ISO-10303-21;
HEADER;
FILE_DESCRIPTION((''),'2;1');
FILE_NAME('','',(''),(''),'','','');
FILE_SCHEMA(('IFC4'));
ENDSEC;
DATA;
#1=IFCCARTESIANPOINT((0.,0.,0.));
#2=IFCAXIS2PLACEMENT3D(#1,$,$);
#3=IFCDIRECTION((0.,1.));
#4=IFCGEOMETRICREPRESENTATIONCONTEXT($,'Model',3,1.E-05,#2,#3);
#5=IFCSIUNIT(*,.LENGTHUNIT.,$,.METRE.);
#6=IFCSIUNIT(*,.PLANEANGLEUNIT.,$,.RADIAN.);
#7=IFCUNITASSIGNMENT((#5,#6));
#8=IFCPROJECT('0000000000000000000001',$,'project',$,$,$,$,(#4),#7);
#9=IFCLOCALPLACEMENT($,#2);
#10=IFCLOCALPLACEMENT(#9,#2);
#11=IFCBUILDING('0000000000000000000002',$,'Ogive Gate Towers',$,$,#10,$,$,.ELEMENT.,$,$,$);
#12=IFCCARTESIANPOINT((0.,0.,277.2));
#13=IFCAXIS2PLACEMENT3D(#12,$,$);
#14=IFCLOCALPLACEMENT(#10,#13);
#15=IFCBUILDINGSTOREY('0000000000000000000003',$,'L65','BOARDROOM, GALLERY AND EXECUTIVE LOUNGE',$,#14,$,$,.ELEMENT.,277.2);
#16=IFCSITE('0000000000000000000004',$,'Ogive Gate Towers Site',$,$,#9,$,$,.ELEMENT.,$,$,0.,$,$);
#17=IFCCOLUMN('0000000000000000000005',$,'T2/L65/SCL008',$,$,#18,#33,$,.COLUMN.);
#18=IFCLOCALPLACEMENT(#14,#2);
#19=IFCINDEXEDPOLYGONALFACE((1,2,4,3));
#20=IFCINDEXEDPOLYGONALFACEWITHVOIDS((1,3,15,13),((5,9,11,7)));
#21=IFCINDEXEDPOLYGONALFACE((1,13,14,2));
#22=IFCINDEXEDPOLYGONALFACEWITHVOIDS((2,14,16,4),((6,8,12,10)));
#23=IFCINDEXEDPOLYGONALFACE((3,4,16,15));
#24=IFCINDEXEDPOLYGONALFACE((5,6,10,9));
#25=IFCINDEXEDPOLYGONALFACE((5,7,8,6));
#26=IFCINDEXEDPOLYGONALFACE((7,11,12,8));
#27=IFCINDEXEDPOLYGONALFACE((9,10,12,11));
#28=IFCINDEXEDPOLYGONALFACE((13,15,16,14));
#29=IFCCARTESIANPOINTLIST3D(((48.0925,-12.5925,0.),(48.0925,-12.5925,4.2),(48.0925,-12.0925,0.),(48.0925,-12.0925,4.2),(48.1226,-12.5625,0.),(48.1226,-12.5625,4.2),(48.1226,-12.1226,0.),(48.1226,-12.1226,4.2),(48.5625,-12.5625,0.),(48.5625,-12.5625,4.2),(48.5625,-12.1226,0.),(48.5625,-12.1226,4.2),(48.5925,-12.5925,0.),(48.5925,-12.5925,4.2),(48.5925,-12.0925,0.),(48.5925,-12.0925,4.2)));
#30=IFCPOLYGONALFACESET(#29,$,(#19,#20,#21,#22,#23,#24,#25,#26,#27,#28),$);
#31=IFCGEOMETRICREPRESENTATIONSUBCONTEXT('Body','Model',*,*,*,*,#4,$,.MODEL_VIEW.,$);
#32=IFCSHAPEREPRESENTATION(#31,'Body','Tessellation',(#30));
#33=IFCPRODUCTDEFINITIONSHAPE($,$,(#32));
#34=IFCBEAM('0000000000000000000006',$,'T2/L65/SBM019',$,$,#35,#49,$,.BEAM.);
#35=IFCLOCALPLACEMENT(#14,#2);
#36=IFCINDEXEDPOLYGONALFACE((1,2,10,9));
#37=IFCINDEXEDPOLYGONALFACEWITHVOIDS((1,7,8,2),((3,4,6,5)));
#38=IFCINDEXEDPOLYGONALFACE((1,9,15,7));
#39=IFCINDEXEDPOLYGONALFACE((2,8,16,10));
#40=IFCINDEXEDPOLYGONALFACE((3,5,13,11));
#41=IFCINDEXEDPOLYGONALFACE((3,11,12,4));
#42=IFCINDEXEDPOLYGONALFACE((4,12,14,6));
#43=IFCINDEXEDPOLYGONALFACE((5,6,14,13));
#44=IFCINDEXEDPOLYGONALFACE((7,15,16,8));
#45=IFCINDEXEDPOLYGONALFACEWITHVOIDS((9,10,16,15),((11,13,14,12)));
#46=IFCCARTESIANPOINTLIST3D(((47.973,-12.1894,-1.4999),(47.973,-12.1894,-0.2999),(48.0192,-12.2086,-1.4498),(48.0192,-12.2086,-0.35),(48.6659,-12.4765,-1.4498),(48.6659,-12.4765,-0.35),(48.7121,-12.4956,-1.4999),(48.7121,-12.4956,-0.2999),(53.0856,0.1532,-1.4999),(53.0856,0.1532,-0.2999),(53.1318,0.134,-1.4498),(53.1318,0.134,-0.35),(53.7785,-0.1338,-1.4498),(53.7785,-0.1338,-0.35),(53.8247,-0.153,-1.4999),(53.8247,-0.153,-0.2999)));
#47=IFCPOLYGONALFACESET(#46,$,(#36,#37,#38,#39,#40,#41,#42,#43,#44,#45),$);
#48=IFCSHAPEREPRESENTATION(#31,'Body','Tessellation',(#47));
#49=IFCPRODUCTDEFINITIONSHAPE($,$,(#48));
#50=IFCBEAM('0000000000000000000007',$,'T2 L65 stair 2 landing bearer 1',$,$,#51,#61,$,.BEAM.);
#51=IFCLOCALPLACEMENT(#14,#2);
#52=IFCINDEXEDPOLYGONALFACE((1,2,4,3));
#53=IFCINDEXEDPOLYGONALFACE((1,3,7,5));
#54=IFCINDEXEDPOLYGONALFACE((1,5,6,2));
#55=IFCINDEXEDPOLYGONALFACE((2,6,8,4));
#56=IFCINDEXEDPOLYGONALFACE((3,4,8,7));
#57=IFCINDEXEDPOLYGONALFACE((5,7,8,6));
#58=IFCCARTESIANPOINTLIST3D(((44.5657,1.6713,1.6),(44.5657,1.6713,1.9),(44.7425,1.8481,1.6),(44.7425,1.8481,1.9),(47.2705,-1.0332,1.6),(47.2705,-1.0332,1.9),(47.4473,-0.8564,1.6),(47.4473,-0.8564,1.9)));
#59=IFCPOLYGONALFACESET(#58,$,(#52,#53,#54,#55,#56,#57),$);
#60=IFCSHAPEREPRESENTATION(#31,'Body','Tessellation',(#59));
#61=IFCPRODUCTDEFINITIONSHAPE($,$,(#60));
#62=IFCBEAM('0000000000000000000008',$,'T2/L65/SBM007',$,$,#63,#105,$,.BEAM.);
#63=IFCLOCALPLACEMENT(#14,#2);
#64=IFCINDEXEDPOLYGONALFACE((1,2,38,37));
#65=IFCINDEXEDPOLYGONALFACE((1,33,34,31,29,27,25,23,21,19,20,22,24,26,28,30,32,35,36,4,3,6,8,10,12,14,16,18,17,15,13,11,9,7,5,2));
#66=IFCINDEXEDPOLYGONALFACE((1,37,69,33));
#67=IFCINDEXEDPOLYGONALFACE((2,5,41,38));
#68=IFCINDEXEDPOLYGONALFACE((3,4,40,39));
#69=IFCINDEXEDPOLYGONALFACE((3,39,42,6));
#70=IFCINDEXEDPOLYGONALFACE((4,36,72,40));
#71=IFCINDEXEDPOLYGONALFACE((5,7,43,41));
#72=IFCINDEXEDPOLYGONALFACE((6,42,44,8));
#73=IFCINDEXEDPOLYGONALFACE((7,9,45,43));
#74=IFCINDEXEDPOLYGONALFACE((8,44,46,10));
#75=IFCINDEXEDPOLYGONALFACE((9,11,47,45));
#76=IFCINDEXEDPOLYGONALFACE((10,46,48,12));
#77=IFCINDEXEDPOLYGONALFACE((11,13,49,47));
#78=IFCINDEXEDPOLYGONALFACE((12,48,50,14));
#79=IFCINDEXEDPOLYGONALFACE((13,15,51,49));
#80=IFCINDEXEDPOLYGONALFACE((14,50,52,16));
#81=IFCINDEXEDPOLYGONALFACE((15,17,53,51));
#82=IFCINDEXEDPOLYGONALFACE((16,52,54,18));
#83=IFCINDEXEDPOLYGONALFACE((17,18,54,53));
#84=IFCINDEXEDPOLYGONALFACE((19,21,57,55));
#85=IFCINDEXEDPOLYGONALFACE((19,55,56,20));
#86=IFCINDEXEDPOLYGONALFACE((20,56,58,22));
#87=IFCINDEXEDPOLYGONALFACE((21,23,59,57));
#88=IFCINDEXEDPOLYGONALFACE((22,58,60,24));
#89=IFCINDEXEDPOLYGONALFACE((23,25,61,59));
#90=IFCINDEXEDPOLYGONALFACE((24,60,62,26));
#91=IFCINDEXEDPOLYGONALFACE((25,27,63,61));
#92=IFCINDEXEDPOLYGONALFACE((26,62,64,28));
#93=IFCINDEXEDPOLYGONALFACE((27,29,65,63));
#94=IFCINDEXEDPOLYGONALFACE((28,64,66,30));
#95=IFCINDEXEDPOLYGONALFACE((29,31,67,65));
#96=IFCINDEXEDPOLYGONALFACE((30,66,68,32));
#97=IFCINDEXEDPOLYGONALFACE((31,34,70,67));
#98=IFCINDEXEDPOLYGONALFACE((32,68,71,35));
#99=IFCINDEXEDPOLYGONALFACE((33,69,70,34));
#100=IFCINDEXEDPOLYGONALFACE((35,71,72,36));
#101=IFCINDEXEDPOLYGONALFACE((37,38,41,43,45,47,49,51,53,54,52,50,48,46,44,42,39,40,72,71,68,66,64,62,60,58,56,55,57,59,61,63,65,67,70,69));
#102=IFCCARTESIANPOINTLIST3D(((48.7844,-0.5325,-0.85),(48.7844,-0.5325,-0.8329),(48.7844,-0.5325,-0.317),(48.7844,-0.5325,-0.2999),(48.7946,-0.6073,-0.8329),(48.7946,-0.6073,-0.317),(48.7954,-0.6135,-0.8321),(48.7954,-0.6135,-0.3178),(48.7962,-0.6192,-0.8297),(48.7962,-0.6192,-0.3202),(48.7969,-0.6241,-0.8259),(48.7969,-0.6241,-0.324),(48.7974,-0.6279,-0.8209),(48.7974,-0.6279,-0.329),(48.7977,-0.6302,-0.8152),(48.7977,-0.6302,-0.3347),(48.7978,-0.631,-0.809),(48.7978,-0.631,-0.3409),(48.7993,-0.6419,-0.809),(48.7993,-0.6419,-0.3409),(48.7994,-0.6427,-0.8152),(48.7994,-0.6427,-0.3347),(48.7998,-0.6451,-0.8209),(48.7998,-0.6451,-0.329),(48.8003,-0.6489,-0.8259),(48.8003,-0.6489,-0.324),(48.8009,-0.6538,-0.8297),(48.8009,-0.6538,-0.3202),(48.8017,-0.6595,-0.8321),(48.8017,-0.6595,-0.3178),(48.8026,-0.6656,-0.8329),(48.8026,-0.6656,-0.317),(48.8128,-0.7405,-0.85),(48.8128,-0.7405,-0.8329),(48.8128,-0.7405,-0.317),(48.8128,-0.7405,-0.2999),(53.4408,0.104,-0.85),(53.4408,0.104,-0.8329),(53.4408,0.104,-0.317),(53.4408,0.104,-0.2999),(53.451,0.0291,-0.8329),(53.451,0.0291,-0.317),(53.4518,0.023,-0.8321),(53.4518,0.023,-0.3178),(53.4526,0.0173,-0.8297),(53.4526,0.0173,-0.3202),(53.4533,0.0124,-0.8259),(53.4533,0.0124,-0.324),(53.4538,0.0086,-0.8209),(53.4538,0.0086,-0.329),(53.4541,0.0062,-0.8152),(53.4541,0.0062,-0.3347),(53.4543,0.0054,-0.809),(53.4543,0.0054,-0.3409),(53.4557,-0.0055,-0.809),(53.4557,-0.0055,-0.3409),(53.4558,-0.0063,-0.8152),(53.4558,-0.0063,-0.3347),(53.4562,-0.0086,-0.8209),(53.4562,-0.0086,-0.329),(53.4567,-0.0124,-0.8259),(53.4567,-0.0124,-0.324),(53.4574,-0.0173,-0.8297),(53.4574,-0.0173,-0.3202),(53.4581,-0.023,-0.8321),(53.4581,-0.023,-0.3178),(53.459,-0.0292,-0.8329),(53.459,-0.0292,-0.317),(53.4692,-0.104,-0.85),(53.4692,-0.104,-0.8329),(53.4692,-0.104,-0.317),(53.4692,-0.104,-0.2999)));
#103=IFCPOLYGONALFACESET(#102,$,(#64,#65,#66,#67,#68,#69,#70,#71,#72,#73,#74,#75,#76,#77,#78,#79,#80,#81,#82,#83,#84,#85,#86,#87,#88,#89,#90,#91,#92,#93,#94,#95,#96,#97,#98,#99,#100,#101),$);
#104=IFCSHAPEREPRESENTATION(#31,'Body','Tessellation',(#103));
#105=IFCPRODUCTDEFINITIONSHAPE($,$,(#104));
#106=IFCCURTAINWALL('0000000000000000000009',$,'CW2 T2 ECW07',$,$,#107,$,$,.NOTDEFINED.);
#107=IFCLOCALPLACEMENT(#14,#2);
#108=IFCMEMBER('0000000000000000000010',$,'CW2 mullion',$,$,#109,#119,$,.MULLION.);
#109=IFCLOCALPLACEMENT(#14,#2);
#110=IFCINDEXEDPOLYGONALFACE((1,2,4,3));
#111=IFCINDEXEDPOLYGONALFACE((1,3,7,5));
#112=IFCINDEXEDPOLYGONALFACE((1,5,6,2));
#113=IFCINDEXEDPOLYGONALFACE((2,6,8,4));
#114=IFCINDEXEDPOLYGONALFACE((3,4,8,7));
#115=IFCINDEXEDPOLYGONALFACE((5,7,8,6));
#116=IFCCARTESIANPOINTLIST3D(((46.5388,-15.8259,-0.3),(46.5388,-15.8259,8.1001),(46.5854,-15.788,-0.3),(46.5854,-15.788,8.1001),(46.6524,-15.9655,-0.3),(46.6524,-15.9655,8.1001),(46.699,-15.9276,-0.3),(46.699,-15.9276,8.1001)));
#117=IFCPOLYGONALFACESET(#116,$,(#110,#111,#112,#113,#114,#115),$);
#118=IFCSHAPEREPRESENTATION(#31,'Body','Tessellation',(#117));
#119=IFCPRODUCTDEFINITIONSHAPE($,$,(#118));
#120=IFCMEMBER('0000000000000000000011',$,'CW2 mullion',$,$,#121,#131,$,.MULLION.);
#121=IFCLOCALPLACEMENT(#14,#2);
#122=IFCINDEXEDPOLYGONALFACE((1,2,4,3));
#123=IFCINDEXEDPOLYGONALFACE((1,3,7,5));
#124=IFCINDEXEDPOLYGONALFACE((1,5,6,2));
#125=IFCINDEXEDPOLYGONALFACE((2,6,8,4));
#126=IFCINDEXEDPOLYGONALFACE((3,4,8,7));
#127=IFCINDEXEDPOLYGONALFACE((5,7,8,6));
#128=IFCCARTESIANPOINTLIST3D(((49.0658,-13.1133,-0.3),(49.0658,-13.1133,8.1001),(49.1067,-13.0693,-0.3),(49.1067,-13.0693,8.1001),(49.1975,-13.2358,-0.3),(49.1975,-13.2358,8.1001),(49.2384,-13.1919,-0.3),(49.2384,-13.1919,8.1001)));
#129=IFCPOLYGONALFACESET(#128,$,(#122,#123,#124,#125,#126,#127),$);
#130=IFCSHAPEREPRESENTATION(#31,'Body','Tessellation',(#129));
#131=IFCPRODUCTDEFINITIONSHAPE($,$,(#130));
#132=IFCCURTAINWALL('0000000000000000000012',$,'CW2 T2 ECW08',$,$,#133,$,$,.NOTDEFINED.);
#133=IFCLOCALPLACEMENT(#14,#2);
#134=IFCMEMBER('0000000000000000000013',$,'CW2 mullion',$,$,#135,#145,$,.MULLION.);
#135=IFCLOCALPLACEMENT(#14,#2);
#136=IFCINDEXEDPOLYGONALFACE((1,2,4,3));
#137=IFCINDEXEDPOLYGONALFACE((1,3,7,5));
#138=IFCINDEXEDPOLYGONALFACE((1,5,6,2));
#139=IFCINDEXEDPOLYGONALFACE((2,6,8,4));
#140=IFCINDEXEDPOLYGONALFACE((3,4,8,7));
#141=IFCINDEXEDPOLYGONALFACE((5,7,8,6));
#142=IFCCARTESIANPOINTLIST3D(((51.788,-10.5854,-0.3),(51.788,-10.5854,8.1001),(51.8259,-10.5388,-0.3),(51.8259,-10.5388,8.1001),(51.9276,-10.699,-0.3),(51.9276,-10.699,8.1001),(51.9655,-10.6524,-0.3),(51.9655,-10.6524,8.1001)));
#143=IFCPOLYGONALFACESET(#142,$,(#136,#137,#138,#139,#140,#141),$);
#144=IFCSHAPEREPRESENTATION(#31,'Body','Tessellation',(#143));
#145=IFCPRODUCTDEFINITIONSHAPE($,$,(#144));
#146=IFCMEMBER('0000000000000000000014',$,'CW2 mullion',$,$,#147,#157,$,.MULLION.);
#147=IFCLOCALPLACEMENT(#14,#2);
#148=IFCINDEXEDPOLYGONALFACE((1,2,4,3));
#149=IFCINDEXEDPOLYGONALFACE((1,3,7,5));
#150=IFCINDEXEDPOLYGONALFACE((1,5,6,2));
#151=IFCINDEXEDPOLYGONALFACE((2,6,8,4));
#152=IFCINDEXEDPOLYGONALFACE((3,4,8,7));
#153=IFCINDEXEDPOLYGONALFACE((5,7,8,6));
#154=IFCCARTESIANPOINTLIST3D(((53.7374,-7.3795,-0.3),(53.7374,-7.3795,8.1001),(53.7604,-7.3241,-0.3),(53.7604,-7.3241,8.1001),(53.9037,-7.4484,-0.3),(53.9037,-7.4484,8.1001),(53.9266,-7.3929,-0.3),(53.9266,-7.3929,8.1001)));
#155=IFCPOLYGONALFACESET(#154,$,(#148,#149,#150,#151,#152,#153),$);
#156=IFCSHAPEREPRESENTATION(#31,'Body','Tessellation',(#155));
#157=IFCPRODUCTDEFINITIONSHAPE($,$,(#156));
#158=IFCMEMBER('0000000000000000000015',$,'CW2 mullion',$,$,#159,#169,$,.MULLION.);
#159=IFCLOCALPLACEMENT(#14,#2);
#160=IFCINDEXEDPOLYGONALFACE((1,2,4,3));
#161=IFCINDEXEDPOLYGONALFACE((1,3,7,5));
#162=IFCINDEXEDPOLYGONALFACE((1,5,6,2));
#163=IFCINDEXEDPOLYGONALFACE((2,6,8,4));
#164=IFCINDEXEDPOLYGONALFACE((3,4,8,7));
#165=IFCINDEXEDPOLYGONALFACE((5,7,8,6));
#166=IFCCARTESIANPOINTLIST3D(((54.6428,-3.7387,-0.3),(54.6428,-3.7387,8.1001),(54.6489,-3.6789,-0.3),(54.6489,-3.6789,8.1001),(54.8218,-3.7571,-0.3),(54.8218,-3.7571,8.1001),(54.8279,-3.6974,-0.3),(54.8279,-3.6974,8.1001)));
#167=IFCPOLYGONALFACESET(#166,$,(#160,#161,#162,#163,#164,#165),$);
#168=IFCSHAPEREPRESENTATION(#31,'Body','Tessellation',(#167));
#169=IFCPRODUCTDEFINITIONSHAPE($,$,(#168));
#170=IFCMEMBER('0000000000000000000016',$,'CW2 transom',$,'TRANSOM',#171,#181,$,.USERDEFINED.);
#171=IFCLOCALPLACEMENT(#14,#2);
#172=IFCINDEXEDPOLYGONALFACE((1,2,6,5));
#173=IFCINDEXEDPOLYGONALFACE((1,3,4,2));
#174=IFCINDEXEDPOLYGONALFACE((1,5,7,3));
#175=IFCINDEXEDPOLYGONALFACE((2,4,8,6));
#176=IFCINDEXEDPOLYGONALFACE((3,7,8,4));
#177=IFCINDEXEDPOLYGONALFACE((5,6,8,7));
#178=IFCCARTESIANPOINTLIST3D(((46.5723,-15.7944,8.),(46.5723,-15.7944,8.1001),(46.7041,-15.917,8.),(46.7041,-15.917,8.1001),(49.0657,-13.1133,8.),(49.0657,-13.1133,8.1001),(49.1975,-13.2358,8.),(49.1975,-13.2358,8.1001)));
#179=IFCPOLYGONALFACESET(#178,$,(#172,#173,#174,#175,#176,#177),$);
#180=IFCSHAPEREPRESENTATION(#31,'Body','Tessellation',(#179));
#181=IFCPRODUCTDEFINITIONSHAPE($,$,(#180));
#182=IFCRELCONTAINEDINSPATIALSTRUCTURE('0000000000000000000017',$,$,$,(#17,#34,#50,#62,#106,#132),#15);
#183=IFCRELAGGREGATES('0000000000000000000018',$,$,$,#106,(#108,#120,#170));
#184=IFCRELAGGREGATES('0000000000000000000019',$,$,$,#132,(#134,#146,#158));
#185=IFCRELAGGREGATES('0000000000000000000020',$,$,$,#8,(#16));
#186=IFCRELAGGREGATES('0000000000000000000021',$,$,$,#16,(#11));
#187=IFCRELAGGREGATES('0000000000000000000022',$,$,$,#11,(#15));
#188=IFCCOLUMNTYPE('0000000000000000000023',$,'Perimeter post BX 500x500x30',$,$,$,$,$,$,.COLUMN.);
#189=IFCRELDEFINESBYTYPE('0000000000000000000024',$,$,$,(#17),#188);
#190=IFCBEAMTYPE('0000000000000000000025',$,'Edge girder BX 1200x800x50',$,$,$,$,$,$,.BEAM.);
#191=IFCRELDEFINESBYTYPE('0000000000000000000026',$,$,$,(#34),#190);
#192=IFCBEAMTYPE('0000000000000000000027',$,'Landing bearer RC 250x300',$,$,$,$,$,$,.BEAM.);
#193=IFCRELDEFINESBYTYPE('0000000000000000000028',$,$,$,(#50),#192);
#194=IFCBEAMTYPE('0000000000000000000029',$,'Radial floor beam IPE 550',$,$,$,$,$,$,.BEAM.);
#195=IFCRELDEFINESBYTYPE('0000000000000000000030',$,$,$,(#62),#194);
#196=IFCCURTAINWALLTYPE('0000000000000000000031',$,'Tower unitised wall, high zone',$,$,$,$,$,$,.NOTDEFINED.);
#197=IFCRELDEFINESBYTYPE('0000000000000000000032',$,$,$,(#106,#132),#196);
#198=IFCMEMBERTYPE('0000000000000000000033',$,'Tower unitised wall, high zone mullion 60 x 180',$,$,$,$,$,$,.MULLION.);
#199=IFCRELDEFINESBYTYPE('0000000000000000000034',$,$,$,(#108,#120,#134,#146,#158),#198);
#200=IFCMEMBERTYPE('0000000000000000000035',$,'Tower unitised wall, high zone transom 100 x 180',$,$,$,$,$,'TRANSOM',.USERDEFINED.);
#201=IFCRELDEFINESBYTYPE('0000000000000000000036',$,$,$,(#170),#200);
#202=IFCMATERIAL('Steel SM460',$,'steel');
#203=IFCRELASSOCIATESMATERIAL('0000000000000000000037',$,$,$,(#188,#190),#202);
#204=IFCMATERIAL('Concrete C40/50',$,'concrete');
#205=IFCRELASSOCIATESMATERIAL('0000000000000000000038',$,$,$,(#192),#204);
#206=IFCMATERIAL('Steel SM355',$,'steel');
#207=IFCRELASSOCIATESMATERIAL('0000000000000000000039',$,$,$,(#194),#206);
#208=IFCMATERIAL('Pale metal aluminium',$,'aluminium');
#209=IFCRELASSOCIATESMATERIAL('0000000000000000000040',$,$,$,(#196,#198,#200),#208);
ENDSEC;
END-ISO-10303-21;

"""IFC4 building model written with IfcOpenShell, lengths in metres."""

from ifc_helpers import new_model, si_unit, direction, frame, origin, origin_2d, place, context, subcontext, project, spatial, rectangle, hollow_rectangle, i_section, extrude, material, material_profile, profile_set, type_object, element, aggregate, save


model = new_model("IFC4")

# Units and contexts
model_context = context("Model", 3, precision=1e-05, world=origin(), true_north=direction((0.0, 1.0)))
body_context = subcontext(model_context, "Body", "Model", "MODEL_VIEW")
ifc_project = project(units=[si_unit("LENGTHUNIT", "METRE"), si_unit("PLANEANGLEUNIT", "RADIAN")], contexts=[model_context])

# Site, building, storey
site_placement = place(None, origin())
site = spatial("IfcSite", under=ifc_project, at=site_placement, Name="Ogive Gate Towers Site", CompositionType="ELEMENT", RefElevation=0.0)
building_placement = place(site_placement, origin())
building = spatial("IfcBuilding", under=site, at=building_placement, Name="Ogive Gate Towers", CompositionType="ELEMENT")
storey_placement = place(building_placement, frame((0.0, 0.0, 277.2)))
storey = spatial("IfcBuildingStorey", under=building, at=storey_placement, Name="L65", Description="BOARDROOM, GALLERY AND EXECUTIVE LOUNGE", CompositionType="ELEMENT", Elevation=277.2)

# Column
ifc_material_1 = material(Name="Steel SM460", Category="steel")
ifc_material_profile_1 = material_profile(ifc_material_1, hollow_rectangle(XDim=0.5, YDim=0.5, WallThickness=0.03, at=origin_2d()), Name="BX 500x500x30")
ifc_profile_set_1 = profile_set([ifc_material_profile_1], Name="Steel SM460")
column_type = type_object("IfcColumnType", Name="Perimeter post BX 500x500x30", PredefinedType="COLUMN", material=ifc_profile_set_1)
column_placement = place(storey_placement, frame((48.3425, -12.3425, 0.0), z_axis=(0.0, 0.0, 1.0), x_axis=(1.0, 0.0, 0.0)))
element("IfcColumn", 1, at=column_placement, inside=storey, type_object=column_type, Name="T2/L65/SCL008", PredefinedType="COLUMN", context=body_context, shape_type="SweptSolid", body=[
    extrude(hollow_rectangle(XDim=0.5, YDim=0.5, WallThickness=0.03, at=origin_2d()), origin(), (0.0, 0.0, 1.0), 4.2),
])

# Beams
ifc_material_profile_2 = material_profile(ifc_material_1, hollow_rectangle(XDim=0.8, YDim=1.2, WallThickness=0.05, at=origin_2d()), Name="BX 1200x800x50")
ifc_profile_set_2 = profile_set([ifc_material_profile_2], Name="Steel SM460")
beam_type_1 = type_object("IfcBeamType", Name="Edge girder BX 1200x800x50", PredefinedType="BEAM", material=ifc_profile_set_2)
beam_1_placement = place(storey_placement, frame((48.3425, -12.3425, -0.8999), z_axis=(0.38269, 0.923877, 0.0), x_axis=(-0.923877, 0.38269, 0.0)))
element("IfcBeam", 2, at=beam_1_placement, inside=storey, type_object=beam_type_1, Name="T2/L65/SBM019", PredefinedType="BEAM", context=body_context, shape_type="SweptSolid", body=[
    extrude(hollow_rectangle(XDim=0.8, YDim=1.2, WallThickness=0.05, at=origin_2d()), origin(), (0.0, 0.0, 1.0), 13.3596),
])
ifc_material_2 = material(Name="Concrete C40/50", Category="concrete")
ifc_material_profile_3 = material_profile(ifc_material_2, rectangle(XDim=0.25, YDim=0.3, at=origin_2d()), Name="RC 250x300")
ifc_profile_set_3 = profile_set([ifc_material_profile_3], Name="Concrete C40/50")
beam_type_2 = type_object("IfcBeamType", Name="Landing bearer RC 250x300", PredefinedType="BEAM", material=ifc_profile_set_3)
beam_2_placement = place(storey_placement, frame((47.3589, -0.9448, 1.75), z_axis=(-0.707139, 0.707075, 0.0), x_axis=(-0.707075, -0.707139, 0.0)))
element("IfcBeam", 3, at=beam_2_placement, inside=storey, type_object=beam_type_2, Name="T2 L65 stair 2 landing bearer 1", PredefinedType="BEAM", context=body_context, shape_type="SweptSolid", body=[
    extrude(rectangle(XDim=0.25, YDim=0.3, at=origin_2d()), origin(), (0.0, 0.0, 1.0), 3.825),
])
ifc_material_3 = material(Name="Steel SM355", Category="steel")
ifc_material_profile_4 = material_profile(ifc_material_3, i_section(OverallWidth=0.21, OverallDepth=0.55, WebThickness=0.011, FlangeThickness=0.0171, FilletRadius=0.0239, at=origin_2d()), Name="IPE 550")
ifc_profile_set_4 = profile_set([ifc_material_profile_4], Name="Steel SM355")
beam_type_3 = type_object("IfcBeamType", Name="Radial floor beam IPE 550", PredefinedType="BEAM", material=ifc_profile_set_4)
beam_3_placement = place(storey_placement, frame((48.7986, -0.6365, -0.575), z_axis=(0.990787, 0.135426, 0.0), x_axis=(-0.135426, 0.990787, 0.0)))
element("IfcBeam", 4, at=beam_3_placement, inside=storey, type_object=beam_type_3, Name="T2/L65/SBM007", PredefinedType="BEAM", context=body_context, shape_type="SweptSolid", body=[
    extrude(i_section(OverallWidth=0.21, OverallDepth=0.55, WebThickness=0.011, FlangeThickness=0.0171, FilletRadius=0.0239, at=origin_2d()), origin(), (0.0, 0.0, 1.0), 4.6997),
])

# Curtain walls, members
ifc_material_4 = material(Name="Pale metal aluminium", Category="aluminium")
curtain_wall_type = type_object("IfcCurtainWallType", Name="Tower unitised wall, high zone", PredefinedType="NOTDEFINED", material=ifc_material_4)
curtain_wall_1_placement = place(storey_placement, origin())
curtain_wall_1 = element("IfcCurtainWall", 5, at=curtain_wall_1_placement, inside=storey, type_object=curtain_wall_type, Name="CW2 T2 ECW07", PredefinedType="NOTDEFINED")
ifc_material_profile_5 = material_profile(ifc_material_4, rectangle(XDim=0.1799, YDim=0.0601, at=origin_2d()), Name="60 x 180 aluminium box")
ifc_profile_set_5 = profile_set([ifc_material_profile_5], Name="Pale metal aluminium")
member_type_1 = type_object("IfcMemberType", Name="Tower unitised wall, high zone mullion 60 x 180", PredefinedType="MULLION", material=ifc_profile_set_5)
member_1_placement = place(storey_placement, frame((46.6189, -15.8767, -0.3), z_axis=(0.0, 0.0, 1.0), x_axis=(0.631001, -0.775782, 0.0)))
member_1 = element("IfcMember", 6, at=member_1_placement, type_object=member_type_1, Name="CW2 mullion", PredefinedType="MULLION", context=body_context, shape_type="SweptSolid", body=[
    extrude(rectangle(XDim=0.1799, YDim=0.0601, at=origin_2d()), origin(), (0.0, 0.0, 1.0), 8.4001),
])
member_2_placement = place(storey_placement, frame((49.1521, -13.1526, -0.3), z_axis=(0.0, 0.0, 1.0), x_axis=(0.732317, -0.680964, 0.0)))
member_2 = element("IfcMember", 7, at=member_2_placement, type_object=member_type_1, Name="CW2 mullion", PredefinedType="MULLION", context=body_context, shape_type="SweptSolid", body=[
    extrude(rectangle(XDim=0.1799, YDim=0.0601, at=origin_2d()), origin(), (0.0, 0.0, 1.0), 8.4001),
])
curtain_wall_2_placement = place(storey_placement, origin())
curtain_wall_2 = element("IfcCurtainWall", 8, at=curtain_wall_2_placement, inside=storey, type_object=curtain_wall_type, Name="CW2 T2 ECW08", PredefinedType="NOTDEFINED")
member_3_placement = place(storey_placement, frame((51.8767, -10.6189, -0.3), z_axis=(0.0, 0.0, 1.0), x_axis=(0.775782, -0.631001, 0.0)))
member_3 = element("IfcMember", 9, at=member_3_placement, type_object=member_type_1, Name="CW2 mullion", PredefinedType="MULLION", context=body_context, shape_type="SweptSolid", body=[
    extrude(rectangle(XDim=0.1799, YDim=0.0601, at=origin_2d()), origin(), (0.0, 0.0, 1.0), 8.4001),
])
member_4_placement = place(storey_placement, frame((53.832, -7.3862, -0.3), z_axis=(0.0, 0.0, 1.0), x_axis=(0.92388, -0.382683, 0.0)))
member_4 = element("IfcMember", 10, at=member_4_placement, type_object=member_type_1, Name="CW2 mullion", PredefinedType="MULLION", context=body_context, shape_type="SweptSolid", body=[
    extrude(rectangle(XDim=0.1799, YDim=0.0601, at=origin_2d()), origin(), (0.0, 0.0, 1.0), 8.4001),
])
member_5_placement = place(storey_placement, frame((54.7354, -3.718, -0.3), z_axis=(0.0, 0.0, 1.0), x_axis=(0.994744, -0.102393, 0.0)))
member_5 = element("IfcMember", 11, at=member_5_placement, type_object=member_type_1, Name="CW2 mullion", PredefinedType="MULLION", context=body_context, shape_type="SweptSolid", body=[
    extrude(rectangle(XDim=0.1799, YDim=0.0601, at=origin_2d()), origin(), (0.0, 0.0, 1.0), 8.4001),
])

# Member
ifc_material_profile_6 = material_profile(ifc_material_4, rectangle(XDim=0.1799, YDim=0.1001, at=origin_2d()), Name="100 x 180 aluminium box")
ifc_profile_set_6 = profile_set([ifc_material_profile_6], Name="Pale metal aluminium")
member_type_2 = type_object("IfcMemberType", Name="Tower unitised wall, high zone transom 100 x 180", ElementType="TRANSOM", PredefinedType="USERDEFINED", material=ifc_profile_set_6)
member_6_placement = place(storey_placement, frame((46.6382, -15.8557, 8.05), z_axis=(0.681003, 0.73228, 0.0), x_axis=(-0.73228, 0.681003, 0.0)))
member_6 = element("IfcMember", 12, at=member_6_placement, type_object=member_type_2, Name="CW2 transom", ObjectType="TRANSOM", PredefinedType="USERDEFINED", context=body_context, shape_type="SweptSolid", body=[
    extrude(rectangle(XDim=0.1799, YDim=0.1001, at=origin_2d()), origin(), (0.0, 0.0, 1.0), 3.6614),
])

aggregate(curtain_wall_1, [member_1, member_2, member_6])
aggregate(curtain_wall_2, [member_3, member_4, member_5])

save(model, "model.ifc")
